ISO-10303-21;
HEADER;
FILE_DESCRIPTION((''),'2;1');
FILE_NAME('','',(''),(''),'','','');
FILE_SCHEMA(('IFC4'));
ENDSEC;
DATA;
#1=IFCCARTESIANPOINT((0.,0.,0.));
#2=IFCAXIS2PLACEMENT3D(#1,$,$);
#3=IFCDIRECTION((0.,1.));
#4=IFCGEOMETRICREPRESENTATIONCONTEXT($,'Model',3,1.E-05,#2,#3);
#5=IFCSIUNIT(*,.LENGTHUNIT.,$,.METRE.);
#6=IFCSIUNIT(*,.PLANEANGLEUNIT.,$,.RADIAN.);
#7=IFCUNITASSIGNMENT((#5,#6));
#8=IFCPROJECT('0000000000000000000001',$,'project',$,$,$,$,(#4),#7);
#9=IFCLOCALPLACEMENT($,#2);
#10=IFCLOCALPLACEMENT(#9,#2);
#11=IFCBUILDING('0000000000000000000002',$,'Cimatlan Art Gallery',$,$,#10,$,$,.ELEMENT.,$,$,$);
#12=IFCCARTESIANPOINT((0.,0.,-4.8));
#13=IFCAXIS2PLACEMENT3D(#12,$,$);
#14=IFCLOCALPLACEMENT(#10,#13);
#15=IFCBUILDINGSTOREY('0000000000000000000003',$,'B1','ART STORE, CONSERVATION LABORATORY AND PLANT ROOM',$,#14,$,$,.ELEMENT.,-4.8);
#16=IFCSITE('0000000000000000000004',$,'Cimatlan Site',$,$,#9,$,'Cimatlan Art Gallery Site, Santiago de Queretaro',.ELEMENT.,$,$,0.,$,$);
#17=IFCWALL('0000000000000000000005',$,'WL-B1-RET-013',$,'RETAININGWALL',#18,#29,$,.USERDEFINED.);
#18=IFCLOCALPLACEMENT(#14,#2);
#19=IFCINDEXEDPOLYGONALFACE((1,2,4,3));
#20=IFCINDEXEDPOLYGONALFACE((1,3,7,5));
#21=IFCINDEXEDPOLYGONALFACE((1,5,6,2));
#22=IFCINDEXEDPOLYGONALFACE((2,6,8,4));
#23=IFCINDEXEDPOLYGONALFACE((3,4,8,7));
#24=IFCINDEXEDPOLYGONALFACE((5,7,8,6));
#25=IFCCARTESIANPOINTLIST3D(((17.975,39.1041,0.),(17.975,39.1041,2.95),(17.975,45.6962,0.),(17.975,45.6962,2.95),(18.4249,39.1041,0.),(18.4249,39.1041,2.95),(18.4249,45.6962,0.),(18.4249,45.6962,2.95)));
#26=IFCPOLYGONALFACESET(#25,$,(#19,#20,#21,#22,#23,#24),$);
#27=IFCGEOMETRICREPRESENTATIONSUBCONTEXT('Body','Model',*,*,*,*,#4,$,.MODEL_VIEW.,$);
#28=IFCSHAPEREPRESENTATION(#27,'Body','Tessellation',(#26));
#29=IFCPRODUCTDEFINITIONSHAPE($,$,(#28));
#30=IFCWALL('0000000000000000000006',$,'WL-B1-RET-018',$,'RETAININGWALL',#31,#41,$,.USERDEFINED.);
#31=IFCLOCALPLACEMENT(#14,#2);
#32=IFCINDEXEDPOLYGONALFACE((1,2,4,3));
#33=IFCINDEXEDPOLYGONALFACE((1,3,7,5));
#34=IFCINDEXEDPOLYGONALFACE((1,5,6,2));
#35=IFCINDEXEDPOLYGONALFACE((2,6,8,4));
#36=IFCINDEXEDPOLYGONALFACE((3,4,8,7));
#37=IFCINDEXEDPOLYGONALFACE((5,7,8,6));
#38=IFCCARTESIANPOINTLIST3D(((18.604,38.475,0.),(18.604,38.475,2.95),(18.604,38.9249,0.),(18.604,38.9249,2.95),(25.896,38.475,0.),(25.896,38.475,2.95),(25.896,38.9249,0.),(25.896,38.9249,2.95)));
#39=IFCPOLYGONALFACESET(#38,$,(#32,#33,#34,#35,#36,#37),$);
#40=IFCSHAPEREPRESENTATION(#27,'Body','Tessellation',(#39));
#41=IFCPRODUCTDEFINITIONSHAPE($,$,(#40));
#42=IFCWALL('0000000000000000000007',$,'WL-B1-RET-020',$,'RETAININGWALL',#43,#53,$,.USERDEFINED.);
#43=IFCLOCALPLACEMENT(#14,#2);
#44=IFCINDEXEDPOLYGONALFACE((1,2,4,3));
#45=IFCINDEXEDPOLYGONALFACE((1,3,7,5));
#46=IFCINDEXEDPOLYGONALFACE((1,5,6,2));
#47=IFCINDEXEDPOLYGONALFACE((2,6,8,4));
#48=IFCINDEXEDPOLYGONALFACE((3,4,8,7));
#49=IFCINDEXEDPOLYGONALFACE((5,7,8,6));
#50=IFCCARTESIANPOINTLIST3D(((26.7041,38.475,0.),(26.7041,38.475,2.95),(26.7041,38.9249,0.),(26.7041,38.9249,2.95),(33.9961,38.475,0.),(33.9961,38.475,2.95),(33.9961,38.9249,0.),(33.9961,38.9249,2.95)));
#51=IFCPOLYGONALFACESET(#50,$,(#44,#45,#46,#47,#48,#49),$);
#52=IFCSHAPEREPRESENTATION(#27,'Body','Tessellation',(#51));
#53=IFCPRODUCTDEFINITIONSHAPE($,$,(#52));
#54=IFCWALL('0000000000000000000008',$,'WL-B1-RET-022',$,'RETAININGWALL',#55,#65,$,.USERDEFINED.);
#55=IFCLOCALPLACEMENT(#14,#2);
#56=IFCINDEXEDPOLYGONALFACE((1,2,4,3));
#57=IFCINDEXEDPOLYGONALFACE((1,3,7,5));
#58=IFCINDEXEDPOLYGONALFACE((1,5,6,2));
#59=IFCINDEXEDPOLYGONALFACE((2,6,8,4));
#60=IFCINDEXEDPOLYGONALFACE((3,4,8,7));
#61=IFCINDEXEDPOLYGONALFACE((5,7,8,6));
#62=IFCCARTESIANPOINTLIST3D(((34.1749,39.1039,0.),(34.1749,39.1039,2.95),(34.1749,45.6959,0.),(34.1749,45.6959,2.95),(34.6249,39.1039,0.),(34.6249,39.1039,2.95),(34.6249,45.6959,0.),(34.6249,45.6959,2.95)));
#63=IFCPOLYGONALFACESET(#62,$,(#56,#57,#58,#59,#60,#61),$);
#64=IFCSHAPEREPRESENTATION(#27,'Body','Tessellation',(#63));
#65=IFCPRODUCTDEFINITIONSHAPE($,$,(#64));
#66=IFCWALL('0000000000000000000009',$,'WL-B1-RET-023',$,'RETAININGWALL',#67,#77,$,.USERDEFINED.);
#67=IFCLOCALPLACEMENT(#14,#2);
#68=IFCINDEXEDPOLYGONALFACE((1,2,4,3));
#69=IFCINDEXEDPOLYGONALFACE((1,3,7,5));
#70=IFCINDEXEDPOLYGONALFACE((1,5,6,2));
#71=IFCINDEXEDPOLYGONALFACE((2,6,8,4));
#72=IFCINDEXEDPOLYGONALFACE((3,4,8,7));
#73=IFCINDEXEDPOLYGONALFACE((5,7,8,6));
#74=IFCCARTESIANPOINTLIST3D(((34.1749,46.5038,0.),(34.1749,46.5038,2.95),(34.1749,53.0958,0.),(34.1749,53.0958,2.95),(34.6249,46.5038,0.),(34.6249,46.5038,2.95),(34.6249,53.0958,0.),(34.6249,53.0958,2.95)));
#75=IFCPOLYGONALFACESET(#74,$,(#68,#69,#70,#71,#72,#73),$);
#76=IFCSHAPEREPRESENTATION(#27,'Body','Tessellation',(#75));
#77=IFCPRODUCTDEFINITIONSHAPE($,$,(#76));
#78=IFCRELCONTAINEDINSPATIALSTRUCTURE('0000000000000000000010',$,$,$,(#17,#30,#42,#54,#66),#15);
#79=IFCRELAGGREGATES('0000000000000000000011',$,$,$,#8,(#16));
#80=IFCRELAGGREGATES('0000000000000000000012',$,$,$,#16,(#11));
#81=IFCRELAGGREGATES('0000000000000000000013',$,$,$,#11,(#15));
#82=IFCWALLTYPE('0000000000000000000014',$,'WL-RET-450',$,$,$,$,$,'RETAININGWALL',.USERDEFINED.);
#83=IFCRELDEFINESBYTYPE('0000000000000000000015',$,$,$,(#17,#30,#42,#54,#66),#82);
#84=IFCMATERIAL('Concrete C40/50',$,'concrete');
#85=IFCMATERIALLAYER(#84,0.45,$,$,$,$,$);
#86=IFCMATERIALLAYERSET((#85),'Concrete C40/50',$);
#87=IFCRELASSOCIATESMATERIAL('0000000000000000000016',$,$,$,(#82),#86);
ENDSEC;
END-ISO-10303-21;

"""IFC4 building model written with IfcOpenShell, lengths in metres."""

from ifc_helpers import new_model, si_unit, direction, frame, frame_2d, origin, place, context, subcontext, project, spatial, rectangle, extrude, material, layer, layer_set, type_object, element, save


model = new_model("IFC4")

# Units and contexts
model_context = context("Model", 3, precision=1e-05, world=origin(), true_north=direction((0.0, 1.0)))
body_context = subcontext(model_context, "Body", "Model", "MODEL_VIEW")
ifc_project = project(units=[si_unit("LENGTHUNIT", "METRE"), si_unit("PLANEANGLEUNIT", "RADIAN")], contexts=[model_context])

# Site, building, storey
site_placement = place(None, origin())
site = spatial("IfcSite", under=ifc_project, at=site_placement, Name="Cimatlan Site", LongName="Cimatlan Art Gallery Site, Santiago de Queretaro", CompositionType="ELEMENT", RefElevation=0.0)
building_placement = place(site_placement, origin())
building = spatial("IfcBuilding", under=site, at=building_placement, Name="Cimatlan Art Gallery", CompositionType="ELEMENT")
storey_placement = place(building_placement, frame((0.0, 0.0, -4.8)))
storey = spatial("IfcBuildingStorey", under=building, at=storey_placement, Name="B1", Description="ART STORE, CONSERVATION LABORATORY AND PLANT ROOM", CompositionType="ELEMENT", Elevation=-4.8)

# Shared definitions
ifc_material_1 = material(Name="Concrete C40/50", Category="concrete")

# Walls
ifc_layer_1 = layer(ifc_material_1, 0.45)
ifc_layer_set_1 = layer_set([ifc_layer_1], Name="Concrete C40/50")
wall_type_1 = type_object("IfcWallType", Name="WL-RET-450", ElementType="RETAININGWALL", PredefinedType="USERDEFINED", material=ifc_layer_set_1)
wall_1_placement = place(storey_placement, frame((18.2, 45.696, 0.0), z_axis=(0.0, 0.0, 1.0), x_axis=(0.0, -1.0, 0.0)))
element("IfcWall", 1, at=wall_1_placement, inside=storey, type_object=wall_type_1, Name="WL-B1-RET-013", ObjectType="RETAININGWALL", PredefinedType="USERDEFINED", context=body_context, shape_type="SweptSolid", body=[
    extrude(rectangle(XDim=6.592, YDim=0.45, at=frame_2d((3.2959, 0.0))), origin(), (0.0, 0.0, 1.0), 2.95),
])
for number, where, z_axis, x_axis, name in (
    (2, (18.604, 38.7, 0.0), (0.0, 0.0, 1.0), (1.0, 0.0, 0.0), "WL-B1-RET-018"),
    (3, (26.7041, 38.7, 0.0), (0.0, 0.0, 1.0), (1.0, 0.0, 0.0), "WL-B1-RET-020"),
):
    element("IfcWall", number, at=place(storey_placement, frame(where, z_axis=z_axis, x_axis=x_axis)), inside=storey, type_object=wall_type_1, Name=name, ObjectType="RETAININGWALL", PredefinedType="USERDEFINED", context=body_context, shape_type="SweptSolid", body=[
        extrude(rectangle(XDim=7.292, YDim=0.45, at=frame_2d((3.646, 0.0))), origin(), (0.0, 0.0, 1.0), 2.95),
    ])
for number, where, z_axis, x_axis, name in (
    (4, (34.3999, 39.104, 0.0), (0.0, 0.0, 1.0), (0.0, 1.0, 0.0), "WL-B1-RET-022"),
    (5, (34.3999, 46.5039, 0.0), (0.0, 0.0, 1.0), (0.0, 1.0, 0.0), "WL-B1-RET-023"),
):
    element("IfcWall", number, at=place(storey_placement, frame(where, z_axis=z_axis, x_axis=x_axis)), inside=storey, type_object=wall_type_1, Name=name, ObjectType="RETAININGWALL", PredefinedType="USERDEFINED", context=body_context, shape_type="SweptSolid", body=[
        extrude(rectangle(XDim=6.592, YDim=0.45, at=frame_2d((3.2959, 0.0))), origin(), (0.0, 0.0, 1.0), 2.95),
    ])

save(model, "model.ifc")
